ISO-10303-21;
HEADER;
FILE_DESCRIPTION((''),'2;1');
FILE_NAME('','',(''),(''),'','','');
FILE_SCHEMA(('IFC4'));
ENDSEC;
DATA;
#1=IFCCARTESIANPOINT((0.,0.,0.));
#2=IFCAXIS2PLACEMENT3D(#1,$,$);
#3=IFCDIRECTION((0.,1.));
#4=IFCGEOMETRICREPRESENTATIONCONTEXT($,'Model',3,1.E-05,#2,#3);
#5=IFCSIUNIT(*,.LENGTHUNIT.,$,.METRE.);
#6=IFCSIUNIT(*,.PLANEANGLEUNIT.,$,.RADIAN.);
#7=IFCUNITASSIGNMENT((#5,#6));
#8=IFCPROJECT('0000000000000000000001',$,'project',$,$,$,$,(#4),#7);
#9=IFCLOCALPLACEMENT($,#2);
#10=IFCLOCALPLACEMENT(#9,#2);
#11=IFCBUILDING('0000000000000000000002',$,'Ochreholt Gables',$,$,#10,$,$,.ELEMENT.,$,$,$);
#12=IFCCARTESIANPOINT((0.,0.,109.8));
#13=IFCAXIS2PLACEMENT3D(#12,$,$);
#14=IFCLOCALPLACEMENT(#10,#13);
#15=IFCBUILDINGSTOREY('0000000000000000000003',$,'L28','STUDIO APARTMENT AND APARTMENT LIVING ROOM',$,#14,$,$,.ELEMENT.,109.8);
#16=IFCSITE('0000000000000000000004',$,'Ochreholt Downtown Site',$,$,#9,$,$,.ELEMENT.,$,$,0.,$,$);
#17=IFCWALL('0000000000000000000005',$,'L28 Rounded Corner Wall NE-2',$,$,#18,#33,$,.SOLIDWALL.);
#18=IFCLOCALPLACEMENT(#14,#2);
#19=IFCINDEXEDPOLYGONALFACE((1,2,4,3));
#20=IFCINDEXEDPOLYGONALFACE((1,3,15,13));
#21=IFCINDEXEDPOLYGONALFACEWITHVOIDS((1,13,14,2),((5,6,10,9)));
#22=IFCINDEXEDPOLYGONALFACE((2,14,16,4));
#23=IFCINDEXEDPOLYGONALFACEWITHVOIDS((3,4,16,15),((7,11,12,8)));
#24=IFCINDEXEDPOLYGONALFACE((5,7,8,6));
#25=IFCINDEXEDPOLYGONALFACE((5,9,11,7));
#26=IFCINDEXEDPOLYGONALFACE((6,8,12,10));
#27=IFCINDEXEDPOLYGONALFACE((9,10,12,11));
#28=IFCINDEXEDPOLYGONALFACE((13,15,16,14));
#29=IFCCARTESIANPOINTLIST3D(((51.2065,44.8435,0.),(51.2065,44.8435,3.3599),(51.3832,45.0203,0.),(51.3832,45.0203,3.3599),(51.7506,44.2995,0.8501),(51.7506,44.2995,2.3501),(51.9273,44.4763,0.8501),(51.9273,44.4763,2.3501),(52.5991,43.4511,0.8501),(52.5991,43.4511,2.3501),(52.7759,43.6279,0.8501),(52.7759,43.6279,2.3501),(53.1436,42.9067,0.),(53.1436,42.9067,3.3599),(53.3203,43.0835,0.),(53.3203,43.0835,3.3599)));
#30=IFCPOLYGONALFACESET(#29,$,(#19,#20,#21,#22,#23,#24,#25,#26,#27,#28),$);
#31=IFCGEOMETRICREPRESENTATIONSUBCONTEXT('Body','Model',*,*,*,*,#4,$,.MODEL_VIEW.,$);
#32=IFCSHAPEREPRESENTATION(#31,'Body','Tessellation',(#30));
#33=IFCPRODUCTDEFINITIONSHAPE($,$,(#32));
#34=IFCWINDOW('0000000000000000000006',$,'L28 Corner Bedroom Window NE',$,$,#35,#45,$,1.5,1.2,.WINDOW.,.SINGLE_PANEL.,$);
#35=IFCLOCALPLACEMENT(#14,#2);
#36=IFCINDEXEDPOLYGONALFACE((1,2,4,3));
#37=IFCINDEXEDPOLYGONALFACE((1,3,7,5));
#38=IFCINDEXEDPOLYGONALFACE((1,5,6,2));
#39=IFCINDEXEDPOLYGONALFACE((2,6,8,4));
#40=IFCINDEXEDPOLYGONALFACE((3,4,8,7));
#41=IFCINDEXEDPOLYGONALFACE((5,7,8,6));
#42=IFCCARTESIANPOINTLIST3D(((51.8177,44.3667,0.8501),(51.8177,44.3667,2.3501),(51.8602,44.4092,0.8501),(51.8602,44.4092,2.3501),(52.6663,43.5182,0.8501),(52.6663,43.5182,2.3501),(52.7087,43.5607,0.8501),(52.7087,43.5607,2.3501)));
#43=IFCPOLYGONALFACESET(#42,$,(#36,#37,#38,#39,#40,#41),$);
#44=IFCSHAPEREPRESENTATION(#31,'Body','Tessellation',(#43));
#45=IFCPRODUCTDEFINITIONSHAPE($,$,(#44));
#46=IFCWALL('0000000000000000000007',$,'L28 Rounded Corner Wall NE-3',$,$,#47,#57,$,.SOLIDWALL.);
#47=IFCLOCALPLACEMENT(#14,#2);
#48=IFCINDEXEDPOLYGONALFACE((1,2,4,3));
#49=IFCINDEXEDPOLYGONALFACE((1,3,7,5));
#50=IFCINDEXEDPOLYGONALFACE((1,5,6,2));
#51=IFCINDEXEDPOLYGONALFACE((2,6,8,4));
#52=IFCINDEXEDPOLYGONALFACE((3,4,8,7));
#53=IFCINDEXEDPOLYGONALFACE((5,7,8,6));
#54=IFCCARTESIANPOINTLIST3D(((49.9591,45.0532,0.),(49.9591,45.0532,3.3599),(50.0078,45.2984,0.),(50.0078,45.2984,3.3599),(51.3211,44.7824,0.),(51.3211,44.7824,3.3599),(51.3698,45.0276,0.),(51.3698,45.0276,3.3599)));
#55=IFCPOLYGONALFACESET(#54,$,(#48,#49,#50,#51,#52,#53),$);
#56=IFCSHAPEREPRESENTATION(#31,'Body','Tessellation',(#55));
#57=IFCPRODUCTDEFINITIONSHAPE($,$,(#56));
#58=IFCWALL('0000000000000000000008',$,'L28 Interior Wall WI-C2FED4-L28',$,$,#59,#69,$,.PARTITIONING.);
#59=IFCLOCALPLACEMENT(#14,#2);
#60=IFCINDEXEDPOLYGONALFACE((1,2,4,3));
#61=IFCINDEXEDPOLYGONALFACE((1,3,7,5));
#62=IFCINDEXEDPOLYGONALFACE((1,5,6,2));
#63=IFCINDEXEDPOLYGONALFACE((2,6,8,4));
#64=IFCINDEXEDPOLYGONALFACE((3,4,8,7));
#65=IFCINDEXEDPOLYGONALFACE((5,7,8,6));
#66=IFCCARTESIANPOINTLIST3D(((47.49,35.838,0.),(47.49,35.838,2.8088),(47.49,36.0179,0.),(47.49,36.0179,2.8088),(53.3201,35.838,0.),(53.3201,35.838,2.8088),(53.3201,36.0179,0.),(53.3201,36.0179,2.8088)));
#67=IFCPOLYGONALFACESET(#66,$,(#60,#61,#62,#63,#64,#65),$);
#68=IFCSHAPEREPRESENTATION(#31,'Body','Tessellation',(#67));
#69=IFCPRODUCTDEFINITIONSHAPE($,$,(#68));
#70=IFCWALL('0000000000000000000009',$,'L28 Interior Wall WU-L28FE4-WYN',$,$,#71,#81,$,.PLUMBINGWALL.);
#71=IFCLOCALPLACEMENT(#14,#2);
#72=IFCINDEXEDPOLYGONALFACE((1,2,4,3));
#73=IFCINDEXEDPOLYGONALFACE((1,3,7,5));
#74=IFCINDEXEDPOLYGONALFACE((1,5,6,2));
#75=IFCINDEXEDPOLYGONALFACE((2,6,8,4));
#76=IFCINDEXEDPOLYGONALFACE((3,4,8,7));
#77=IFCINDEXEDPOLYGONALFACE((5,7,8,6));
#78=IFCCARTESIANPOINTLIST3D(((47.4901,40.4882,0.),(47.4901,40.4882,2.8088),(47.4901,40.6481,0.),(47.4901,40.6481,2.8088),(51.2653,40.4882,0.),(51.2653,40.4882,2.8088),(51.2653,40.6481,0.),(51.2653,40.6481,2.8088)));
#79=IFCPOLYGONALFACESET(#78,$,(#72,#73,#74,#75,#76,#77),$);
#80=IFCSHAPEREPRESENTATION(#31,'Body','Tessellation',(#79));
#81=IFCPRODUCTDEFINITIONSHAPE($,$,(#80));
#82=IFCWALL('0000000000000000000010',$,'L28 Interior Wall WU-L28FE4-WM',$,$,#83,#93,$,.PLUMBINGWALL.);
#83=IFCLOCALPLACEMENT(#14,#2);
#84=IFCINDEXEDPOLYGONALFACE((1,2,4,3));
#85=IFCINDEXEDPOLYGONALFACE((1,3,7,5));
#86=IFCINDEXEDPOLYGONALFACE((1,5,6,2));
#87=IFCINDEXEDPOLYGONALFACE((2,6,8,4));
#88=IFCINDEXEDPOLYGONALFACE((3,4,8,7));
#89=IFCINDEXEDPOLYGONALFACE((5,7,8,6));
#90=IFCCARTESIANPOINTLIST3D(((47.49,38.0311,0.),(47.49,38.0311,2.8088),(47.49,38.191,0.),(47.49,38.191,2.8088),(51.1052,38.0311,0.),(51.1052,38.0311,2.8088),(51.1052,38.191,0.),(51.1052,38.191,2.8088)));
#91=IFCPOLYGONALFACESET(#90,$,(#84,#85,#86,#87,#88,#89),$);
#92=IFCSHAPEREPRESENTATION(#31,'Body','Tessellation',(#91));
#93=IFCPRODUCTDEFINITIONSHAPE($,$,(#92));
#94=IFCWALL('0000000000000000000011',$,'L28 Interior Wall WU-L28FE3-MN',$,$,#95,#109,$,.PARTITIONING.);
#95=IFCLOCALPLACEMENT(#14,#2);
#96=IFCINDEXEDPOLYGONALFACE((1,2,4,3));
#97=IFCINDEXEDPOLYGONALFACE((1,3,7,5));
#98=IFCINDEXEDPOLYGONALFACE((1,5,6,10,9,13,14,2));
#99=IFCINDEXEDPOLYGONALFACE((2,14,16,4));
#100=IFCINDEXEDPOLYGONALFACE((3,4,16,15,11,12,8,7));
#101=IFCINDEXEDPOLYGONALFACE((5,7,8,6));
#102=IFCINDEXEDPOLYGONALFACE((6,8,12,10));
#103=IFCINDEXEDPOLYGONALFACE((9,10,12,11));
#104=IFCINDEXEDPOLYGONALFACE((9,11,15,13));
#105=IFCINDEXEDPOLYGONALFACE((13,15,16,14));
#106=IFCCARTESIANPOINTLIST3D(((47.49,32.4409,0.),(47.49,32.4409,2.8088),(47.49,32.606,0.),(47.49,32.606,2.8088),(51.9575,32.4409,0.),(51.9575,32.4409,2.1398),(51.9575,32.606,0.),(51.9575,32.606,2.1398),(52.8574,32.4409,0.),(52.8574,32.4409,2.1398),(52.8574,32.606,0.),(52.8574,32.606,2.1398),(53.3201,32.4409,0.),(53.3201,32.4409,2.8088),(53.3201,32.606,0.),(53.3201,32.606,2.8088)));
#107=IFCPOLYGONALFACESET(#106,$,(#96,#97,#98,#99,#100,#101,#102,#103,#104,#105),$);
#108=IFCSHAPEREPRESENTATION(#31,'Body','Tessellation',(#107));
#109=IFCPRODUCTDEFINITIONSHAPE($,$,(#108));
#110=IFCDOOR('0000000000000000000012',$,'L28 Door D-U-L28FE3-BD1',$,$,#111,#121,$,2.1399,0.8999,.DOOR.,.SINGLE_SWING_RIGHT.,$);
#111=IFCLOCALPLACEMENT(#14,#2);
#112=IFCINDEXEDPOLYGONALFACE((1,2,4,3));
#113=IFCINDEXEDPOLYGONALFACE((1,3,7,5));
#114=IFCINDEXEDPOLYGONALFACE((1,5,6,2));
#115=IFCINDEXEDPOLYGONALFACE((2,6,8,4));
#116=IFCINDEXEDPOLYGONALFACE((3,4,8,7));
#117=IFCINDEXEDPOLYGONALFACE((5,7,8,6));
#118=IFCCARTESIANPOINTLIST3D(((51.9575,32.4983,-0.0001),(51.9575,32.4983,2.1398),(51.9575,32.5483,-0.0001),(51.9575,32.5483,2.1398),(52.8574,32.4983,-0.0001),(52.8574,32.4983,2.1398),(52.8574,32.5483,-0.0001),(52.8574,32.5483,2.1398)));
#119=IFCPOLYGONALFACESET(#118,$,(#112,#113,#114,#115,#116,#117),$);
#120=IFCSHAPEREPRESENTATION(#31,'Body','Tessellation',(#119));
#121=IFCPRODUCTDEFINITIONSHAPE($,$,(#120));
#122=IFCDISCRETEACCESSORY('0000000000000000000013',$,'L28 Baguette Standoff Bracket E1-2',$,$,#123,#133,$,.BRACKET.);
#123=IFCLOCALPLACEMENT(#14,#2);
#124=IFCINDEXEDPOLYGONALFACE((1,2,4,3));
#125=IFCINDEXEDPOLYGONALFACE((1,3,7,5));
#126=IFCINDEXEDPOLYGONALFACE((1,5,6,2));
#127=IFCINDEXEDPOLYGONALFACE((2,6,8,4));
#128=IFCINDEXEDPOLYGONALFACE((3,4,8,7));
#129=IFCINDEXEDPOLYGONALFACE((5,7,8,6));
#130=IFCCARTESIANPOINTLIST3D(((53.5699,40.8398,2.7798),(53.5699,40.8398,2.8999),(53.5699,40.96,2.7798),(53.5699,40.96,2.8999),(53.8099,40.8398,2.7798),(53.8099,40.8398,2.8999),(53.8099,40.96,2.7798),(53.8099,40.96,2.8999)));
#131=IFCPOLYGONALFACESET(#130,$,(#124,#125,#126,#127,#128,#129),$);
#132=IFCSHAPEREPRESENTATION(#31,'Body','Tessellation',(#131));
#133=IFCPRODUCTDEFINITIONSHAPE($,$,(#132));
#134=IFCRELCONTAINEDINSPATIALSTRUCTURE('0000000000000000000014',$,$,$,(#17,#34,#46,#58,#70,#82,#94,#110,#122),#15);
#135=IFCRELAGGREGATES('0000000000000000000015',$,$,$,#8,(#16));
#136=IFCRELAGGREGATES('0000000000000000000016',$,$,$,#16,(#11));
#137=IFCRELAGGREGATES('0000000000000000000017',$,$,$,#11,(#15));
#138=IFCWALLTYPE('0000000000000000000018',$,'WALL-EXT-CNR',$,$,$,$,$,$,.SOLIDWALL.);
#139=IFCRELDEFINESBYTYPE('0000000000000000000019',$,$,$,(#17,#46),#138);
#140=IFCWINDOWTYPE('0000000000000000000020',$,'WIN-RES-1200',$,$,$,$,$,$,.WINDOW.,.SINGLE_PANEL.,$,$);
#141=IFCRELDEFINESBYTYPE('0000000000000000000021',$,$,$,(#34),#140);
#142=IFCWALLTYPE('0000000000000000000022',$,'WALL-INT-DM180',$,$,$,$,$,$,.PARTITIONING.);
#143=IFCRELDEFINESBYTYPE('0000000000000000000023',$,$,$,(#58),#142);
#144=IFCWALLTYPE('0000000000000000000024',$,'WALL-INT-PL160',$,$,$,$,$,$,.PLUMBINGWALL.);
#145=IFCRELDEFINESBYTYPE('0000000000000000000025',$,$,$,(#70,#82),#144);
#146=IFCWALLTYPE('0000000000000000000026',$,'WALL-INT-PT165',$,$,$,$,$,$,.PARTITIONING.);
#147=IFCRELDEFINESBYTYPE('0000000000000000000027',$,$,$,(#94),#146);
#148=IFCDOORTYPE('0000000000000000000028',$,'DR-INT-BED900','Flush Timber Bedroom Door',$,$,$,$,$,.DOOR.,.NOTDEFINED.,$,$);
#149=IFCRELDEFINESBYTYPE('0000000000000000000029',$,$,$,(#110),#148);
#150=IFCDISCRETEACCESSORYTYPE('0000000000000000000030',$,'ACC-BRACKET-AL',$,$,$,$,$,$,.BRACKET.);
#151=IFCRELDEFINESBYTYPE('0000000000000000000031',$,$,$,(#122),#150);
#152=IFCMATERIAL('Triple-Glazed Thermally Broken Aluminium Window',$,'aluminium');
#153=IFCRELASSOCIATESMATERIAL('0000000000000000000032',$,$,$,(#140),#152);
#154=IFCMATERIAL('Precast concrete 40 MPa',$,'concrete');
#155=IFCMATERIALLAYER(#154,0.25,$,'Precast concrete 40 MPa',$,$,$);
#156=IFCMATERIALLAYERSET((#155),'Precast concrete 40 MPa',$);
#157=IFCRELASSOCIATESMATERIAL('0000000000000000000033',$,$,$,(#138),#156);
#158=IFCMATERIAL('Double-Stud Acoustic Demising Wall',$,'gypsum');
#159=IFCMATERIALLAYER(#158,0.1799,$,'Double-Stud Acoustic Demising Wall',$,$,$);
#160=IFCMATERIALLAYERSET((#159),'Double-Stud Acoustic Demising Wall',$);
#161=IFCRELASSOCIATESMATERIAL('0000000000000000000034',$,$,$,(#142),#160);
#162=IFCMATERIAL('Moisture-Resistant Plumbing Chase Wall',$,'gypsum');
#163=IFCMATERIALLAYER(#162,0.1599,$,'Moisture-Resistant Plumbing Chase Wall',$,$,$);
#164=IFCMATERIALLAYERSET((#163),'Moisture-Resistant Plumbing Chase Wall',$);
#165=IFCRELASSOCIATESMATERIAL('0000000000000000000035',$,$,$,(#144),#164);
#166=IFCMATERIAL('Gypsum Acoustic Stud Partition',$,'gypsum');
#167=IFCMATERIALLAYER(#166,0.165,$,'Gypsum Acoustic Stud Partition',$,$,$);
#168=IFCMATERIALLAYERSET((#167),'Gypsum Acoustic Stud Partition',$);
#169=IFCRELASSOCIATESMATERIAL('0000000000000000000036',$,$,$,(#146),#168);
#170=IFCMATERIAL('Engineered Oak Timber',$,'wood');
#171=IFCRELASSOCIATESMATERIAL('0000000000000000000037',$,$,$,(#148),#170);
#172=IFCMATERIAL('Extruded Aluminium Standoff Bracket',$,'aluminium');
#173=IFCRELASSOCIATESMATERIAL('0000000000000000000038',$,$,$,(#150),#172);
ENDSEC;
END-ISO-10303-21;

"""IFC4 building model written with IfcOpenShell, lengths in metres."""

from ifc_helpers import new_model, si_unit, direction, frame, frame_2d, origin, origin_2d, place, context, subcontext, project, spatial, rectangle, extrude, material, layer, layer_set, type_object, element, fill, save


model = new_model("IFC4")

# Units and contexts
model_context = context("Model", 3, precision=1e-05, world=origin(), true_north=direction((0.0, 1.0)))
body_context = subcontext(model_context, "Body", "Model", "MODEL_VIEW")
ifc_project = project(units=[si_unit("LENGTHUNIT", "METRE"), si_unit("PLANEANGLEUNIT", "RADIAN")], contexts=[model_context])

# Site, building, storey
site_placement = place(None, origin())
site = spatial("IfcSite", under=ifc_project, at=site_placement, Name="Ochreholt Downtown Site", CompositionType="ELEMENT", RefElevation=0.0)
building_placement = place(site_placement, origin())
building = spatial("IfcBuilding", under=site, at=building_placement, Name="Ochreholt Gables", CompositionType="ELEMENT")
storey_placement = place(building_placement, frame((0.0, 0.0, 109.8)))
storey = spatial("IfcBuildingStorey", under=building, at=storey_placement, Name="L28", Description="STUDIO APARTMENT AND APARTMENT LIVING ROOM", CompositionType="ELEMENT", Elevation=109.8)

# Shared definitions
ifc_material_1 = material(Name="Precast concrete 40 MPa", Category="concrete")
ifc_material_2 = material(Name="Triple-Glazed Thermally Broken Aluminium Window", Category="aluminium")
window_type_1 = type_object("IfcWindowType", Name="WIN-RES-1200", PartitioningType="SINGLE_PANEL", PredefinedType="WINDOW", material=ifc_material_2)

# Shared definitions
ifc_layer_1 = layer(ifc_material_1, 0.25, Name="Precast concrete 40 MPa")
ifc_layer_set_1 = layer_set([ifc_layer_1], Name="Precast concrete 40 MPa")
wall_type_1 = type_object("IfcWallType", Name="WALL-EXT-CNR", PredefinedType="SOLIDWALL", material=ifc_layer_set_1)

# Wall, opening, window
wall_1_placement = place(storey_placement, frame((53.2319, 42.9951, 0.0), z_axis=(0.0, 0.0, 1.0), x_axis=(-0.707151, 0.707062, 0.0)))
wall_1 = element("IfcWall", 1, at=wall_1_placement, inside=storey, type_object=wall_type_1, Name="L28 Rounded Corner Wall NE-2", PredefinedType="SOLIDWALL", context=body_context, shape_type="SweptSolid", body=[
    extrude(rectangle(XDim=2.7393, YDim=0.25, at=frame_2d((1.3696, 0.0))), origin(), (0.0, 0.0, 1.0), 3.3599),
])
opening_1_placement = place(wall_1_placement, frame((0.7698, 0.0, 0.8501)))
opening_1 = element("IfcOpeningElement", 2, at=opening_1_placement, cuts=wall_1, PredefinedType="OPENING", context=body_context, shape_type="SweptSolid", body=[
    extrude(rectangle(XDim=1.2, YDim=1.5, at=frame_2d((0.6001, 0.75))), frame((0.0, 0.135, 0.0), z_axis=(0.0, -1.0, 0.0), x_axis=(1.0, 0.0, 0.0)), (0.0, 0.0, 1.0), 0.27),
])
window_1_placement = place(opening_1_placement, origin())
window_1 = element("IfcWindow", 3, at=window_1_placement, inside=storey, type_object=window_type_1, Name="L28 Corner Bedroom Window NE", OverallHeight=1.5, OverallWidth=1.2, PartitioningType="SINGLE_PANEL", PredefinedType="WINDOW", context=body_context, shape_type="SweptSolid", body=[
    extrude(rectangle(XDim=1.2, YDim=1.5, at=frame_2d((0.6001, 0.75))), frame((0.0, 0.03, 0.0), z_axis=(0.0, -1.0, 0.0), x_axis=(1.0, 0.0, 0.0)), (0.0, 0.0, 1.0), 0.0601),
])
fill(opening_1, window_1)

# Walls
wall_2_placement = place(storey_placement, frame((51.3455, 44.905, 0.0), z_axis=(0.0, 0.0, 1.0), x_axis=(-0.98081, 0.194967, 0.0)))
element("IfcWall", 4, at=wall_2_placement, inside=storey, type_object=wall_type_1, Name="L28 Rounded Corner Wall NE-3", PredefinedType="SOLIDWALL", context=body_context, shape_type="SweptSolid", body=[
    extrude(rectangle(XDim=1.3887, YDim=0.25, at=frame_2d((0.6943, 0.0))), origin(), (0.0, 0.0, 1.0), 3.3599),
])
ifc_material_3 = material(Name="Double-Stud Acoustic Demising Wall", Category="gypsum")
ifc_layer_2 = layer(ifc_material_3, 0.1799, Name="Double-Stud Acoustic Demising Wall")
ifc_layer_set_2 = layer_set([ifc_layer_2], Name="Double-Stud Acoustic Demising Wall")
wall_type_2 = type_object("IfcWallType", Name="WALL-INT-DM180", PredefinedType="PARTITIONING", material=ifc_layer_set_2)
wall_3_placement = place(storey_placement, frame((47.49, 35.928, 0.0), z_axis=(0.0, 0.0, 1.0), x_axis=(1.0, 0.0, 0.0)))
element("IfcWall", 5, at=wall_3_placement, inside=storey, type_object=wall_type_2, Name="L28 Interior Wall WI-C2FED4-L28", PredefinedType="PARTITIONING", context=body_context, shape_type="SweptSolid", body=[
    extrude(rectangle(XDim=5.8301, YDim=0.1799, at=frame_2d((2.915, 0.0))), origin(), (0.0, 0.0, 1.0), 2.8088),
])
ifc_material_4 = material(Name="Moisture-Resistant Plumbing Chase Wall", Category="gypsum")
ifc_layer_3 = layer(ifc_material_4, 0.1599, Name="Moisture-Resistant Plumbing Chase Wall")
ifc_layer_set_3 = layer_set([ifc_layer_3], Name="Moisture-Resistant Plumbing Chase Wall")
wall_type_3 = type_object("IfcWallType", Name="WALL-INT-PL160", PredefinedType="PLUMBINGWALL", material=ifc_layer_set_3)
wall_4_placement = place(storey_placement, frame((47.49, 40.5681, 0.0), z_axis=(0.0, 0.0, 1.0), x_axis=(1.0, 0.0, 0.0)))
element("IfcWall", 6, at=wall_4_placement, inside=storey, type_object=wall_type_3, Name="L28 Interior Wall WU-L28FE4-WYN", PredefinedType="PLUMBINGWALL", context=body_context, shape_type="SweptSolid", body=[
    extrude(rectangle(XDim=3.7751, YDim=0.1599, at=frame_2d((1.8877, 0.0))), origin(), (0.0, 0.0, 1.0), 2.8088),
])

# Shared definitions
ifc_material_5 = material(Name="Engineered Oak Timber", Category="wood")

# Wall
wall_5_placement = place(storey_placement, frame((47.49, 38.1111, 0.0), z_axis=(0.0, 0.0, 1.0), x_axis=(1.0, 0.0, 0.0)))
element("IfcWall", 7, at=wall_5_placement, inside=storey, type_object=wall_type_3, Name="L28 Interior Wall WU-L28FE4-WM", PredefinedType="PLUMBINGWALL", context=body_context, shape_type="SweptSolid", body=[
    extrude(rectangle(XDim=3.6152, YDim=0.1599, at=frame_2d((1.8076, 0.0))), origin(), (0.0, 0.0, 1.0), 2.8088),
])

# Wall, opening, door
ifc_material_6 = material(Name="Gypsum Acoustic Stud Partition", Category="gypsum")
ifc_layer_4 = layer(ifc_material_6, 0.165, Name="Gypsum Acoustic Stud Partition")
ifc_layer_set_4 = layer_set([ifc_layer_4], Name="Gypsum Acoustic Stud Partition")
wall_type_4 = type_object("IfcWallType", Name="WALL-INT-PT165", PredefinedType="PARTITIONING", material=ifc_layer_set_4)
wall_6_placement = place(storey_placement, frame((47.49, 32.5234, 0.0), z_axis=(0.0, 0.0, 1.0), x_axis=(1.0, 0.0, 0.0)))
wall_6 = element("IfcWall", 8, at=wall_6_placement, inside=storey, type_object=wall_type_4, Name="L28 Interior Wall WU-L28FE3-MN", PredefinedType="PARTITIONING", context=body_context, shape_type="SweptSolid", body=[
    extrude(rectangle(XDim=5.8301, YDim=0.165, at=frame_2d((2.915, 0.0))), origin(), (0.0, 0.0, 1.0), 2.8088),
])
opening_2_placement = place(wall_6_placement, frame((4.4675, 0.0, 0.0)))
opening_2 = element("IfcOpeningElement", 9, at=opening_2_placement, cuts=wall_6, PredefinedType="OPENING", context=body_context, shape_type="SweptSolid", body=[
    extrude(rectangle(XDim=0.8999, YDim=2.1399, at=frame_2d((0.45, 1.0698))), frame((0.0, 0.0925, 0.0), z_axis=(0.0, -1.0, 0.0), x_axis=(1.0, 0.0, 0.0)), (0.0, 0.0, 1.0), 0.1851),
])
door_type_1 = type_object("IfcDoorType", Name="DR-INT-BED900", Description="Flush Timber Bedroom Door", OperationType="NOTDEFINED", PredefinedType="DOOR", material=ifc_material_5)
door_1_placement = place(opening_2_placement, origin())
door_1 = element("IfcDoor", 10, at=door_1_placement, inside=storey, type_object=door_type_1, Name="L28 Door D-U-L28FE3-BD1", OperationType="SINGLE_SWING_RIGHT", OverallHeight=2.1399, OverallWidth=0.8999, PredefinedType="DOOR", context=body_context, shape_type="SweptSolid", body=[
    extrude(rectangle(XDim=0.8999, YDim=2.1399, at=frame_2d((0.45, 1.0698))), frame((0.0, 0.0249, 0.0), z_axis=(0.0, -1.0, 0.0), x_axis=(1.0, 0.0, 0.0)), (0.0, 0.0, 1.0), 0.05),
])
fill(opening_2, door_1)

# Discrete accessory
ifc_material_7 = material(Name="Extruded Aluminium Standoff Bracket", Category="aluminium")
discrete_accessory_type = type_object("IfcDiscreteAccessoryType", Name="ACC-BRACKET-AL", PredefinedType="BRACKET", material=ifc_material_7)
discrete_accessory_placement = place(storey_placement, frame((53.6899, 40.8999, 2.7798), z_axis=(0.0, 0.0, 1.0), x_axis=(0.0, 1.0, 0.0)))
element("IfcDiscreteAccessory", 11, at=discrete_accessory_placement, inside=storey, type_object=discrete_accessory_type, Name="L28 Baguette Standoff Bracket E1-2", PredefinedType="BRACKET", context=body_context, shape_type="SweptSolid", body=[
    extrude(rectangle(XDim=0.1201, YDim=0.24, at=origin_2d()), origin(), (0.0, 0.0, 1.0), 0.1201),
])

save(model, "model.ifc")
